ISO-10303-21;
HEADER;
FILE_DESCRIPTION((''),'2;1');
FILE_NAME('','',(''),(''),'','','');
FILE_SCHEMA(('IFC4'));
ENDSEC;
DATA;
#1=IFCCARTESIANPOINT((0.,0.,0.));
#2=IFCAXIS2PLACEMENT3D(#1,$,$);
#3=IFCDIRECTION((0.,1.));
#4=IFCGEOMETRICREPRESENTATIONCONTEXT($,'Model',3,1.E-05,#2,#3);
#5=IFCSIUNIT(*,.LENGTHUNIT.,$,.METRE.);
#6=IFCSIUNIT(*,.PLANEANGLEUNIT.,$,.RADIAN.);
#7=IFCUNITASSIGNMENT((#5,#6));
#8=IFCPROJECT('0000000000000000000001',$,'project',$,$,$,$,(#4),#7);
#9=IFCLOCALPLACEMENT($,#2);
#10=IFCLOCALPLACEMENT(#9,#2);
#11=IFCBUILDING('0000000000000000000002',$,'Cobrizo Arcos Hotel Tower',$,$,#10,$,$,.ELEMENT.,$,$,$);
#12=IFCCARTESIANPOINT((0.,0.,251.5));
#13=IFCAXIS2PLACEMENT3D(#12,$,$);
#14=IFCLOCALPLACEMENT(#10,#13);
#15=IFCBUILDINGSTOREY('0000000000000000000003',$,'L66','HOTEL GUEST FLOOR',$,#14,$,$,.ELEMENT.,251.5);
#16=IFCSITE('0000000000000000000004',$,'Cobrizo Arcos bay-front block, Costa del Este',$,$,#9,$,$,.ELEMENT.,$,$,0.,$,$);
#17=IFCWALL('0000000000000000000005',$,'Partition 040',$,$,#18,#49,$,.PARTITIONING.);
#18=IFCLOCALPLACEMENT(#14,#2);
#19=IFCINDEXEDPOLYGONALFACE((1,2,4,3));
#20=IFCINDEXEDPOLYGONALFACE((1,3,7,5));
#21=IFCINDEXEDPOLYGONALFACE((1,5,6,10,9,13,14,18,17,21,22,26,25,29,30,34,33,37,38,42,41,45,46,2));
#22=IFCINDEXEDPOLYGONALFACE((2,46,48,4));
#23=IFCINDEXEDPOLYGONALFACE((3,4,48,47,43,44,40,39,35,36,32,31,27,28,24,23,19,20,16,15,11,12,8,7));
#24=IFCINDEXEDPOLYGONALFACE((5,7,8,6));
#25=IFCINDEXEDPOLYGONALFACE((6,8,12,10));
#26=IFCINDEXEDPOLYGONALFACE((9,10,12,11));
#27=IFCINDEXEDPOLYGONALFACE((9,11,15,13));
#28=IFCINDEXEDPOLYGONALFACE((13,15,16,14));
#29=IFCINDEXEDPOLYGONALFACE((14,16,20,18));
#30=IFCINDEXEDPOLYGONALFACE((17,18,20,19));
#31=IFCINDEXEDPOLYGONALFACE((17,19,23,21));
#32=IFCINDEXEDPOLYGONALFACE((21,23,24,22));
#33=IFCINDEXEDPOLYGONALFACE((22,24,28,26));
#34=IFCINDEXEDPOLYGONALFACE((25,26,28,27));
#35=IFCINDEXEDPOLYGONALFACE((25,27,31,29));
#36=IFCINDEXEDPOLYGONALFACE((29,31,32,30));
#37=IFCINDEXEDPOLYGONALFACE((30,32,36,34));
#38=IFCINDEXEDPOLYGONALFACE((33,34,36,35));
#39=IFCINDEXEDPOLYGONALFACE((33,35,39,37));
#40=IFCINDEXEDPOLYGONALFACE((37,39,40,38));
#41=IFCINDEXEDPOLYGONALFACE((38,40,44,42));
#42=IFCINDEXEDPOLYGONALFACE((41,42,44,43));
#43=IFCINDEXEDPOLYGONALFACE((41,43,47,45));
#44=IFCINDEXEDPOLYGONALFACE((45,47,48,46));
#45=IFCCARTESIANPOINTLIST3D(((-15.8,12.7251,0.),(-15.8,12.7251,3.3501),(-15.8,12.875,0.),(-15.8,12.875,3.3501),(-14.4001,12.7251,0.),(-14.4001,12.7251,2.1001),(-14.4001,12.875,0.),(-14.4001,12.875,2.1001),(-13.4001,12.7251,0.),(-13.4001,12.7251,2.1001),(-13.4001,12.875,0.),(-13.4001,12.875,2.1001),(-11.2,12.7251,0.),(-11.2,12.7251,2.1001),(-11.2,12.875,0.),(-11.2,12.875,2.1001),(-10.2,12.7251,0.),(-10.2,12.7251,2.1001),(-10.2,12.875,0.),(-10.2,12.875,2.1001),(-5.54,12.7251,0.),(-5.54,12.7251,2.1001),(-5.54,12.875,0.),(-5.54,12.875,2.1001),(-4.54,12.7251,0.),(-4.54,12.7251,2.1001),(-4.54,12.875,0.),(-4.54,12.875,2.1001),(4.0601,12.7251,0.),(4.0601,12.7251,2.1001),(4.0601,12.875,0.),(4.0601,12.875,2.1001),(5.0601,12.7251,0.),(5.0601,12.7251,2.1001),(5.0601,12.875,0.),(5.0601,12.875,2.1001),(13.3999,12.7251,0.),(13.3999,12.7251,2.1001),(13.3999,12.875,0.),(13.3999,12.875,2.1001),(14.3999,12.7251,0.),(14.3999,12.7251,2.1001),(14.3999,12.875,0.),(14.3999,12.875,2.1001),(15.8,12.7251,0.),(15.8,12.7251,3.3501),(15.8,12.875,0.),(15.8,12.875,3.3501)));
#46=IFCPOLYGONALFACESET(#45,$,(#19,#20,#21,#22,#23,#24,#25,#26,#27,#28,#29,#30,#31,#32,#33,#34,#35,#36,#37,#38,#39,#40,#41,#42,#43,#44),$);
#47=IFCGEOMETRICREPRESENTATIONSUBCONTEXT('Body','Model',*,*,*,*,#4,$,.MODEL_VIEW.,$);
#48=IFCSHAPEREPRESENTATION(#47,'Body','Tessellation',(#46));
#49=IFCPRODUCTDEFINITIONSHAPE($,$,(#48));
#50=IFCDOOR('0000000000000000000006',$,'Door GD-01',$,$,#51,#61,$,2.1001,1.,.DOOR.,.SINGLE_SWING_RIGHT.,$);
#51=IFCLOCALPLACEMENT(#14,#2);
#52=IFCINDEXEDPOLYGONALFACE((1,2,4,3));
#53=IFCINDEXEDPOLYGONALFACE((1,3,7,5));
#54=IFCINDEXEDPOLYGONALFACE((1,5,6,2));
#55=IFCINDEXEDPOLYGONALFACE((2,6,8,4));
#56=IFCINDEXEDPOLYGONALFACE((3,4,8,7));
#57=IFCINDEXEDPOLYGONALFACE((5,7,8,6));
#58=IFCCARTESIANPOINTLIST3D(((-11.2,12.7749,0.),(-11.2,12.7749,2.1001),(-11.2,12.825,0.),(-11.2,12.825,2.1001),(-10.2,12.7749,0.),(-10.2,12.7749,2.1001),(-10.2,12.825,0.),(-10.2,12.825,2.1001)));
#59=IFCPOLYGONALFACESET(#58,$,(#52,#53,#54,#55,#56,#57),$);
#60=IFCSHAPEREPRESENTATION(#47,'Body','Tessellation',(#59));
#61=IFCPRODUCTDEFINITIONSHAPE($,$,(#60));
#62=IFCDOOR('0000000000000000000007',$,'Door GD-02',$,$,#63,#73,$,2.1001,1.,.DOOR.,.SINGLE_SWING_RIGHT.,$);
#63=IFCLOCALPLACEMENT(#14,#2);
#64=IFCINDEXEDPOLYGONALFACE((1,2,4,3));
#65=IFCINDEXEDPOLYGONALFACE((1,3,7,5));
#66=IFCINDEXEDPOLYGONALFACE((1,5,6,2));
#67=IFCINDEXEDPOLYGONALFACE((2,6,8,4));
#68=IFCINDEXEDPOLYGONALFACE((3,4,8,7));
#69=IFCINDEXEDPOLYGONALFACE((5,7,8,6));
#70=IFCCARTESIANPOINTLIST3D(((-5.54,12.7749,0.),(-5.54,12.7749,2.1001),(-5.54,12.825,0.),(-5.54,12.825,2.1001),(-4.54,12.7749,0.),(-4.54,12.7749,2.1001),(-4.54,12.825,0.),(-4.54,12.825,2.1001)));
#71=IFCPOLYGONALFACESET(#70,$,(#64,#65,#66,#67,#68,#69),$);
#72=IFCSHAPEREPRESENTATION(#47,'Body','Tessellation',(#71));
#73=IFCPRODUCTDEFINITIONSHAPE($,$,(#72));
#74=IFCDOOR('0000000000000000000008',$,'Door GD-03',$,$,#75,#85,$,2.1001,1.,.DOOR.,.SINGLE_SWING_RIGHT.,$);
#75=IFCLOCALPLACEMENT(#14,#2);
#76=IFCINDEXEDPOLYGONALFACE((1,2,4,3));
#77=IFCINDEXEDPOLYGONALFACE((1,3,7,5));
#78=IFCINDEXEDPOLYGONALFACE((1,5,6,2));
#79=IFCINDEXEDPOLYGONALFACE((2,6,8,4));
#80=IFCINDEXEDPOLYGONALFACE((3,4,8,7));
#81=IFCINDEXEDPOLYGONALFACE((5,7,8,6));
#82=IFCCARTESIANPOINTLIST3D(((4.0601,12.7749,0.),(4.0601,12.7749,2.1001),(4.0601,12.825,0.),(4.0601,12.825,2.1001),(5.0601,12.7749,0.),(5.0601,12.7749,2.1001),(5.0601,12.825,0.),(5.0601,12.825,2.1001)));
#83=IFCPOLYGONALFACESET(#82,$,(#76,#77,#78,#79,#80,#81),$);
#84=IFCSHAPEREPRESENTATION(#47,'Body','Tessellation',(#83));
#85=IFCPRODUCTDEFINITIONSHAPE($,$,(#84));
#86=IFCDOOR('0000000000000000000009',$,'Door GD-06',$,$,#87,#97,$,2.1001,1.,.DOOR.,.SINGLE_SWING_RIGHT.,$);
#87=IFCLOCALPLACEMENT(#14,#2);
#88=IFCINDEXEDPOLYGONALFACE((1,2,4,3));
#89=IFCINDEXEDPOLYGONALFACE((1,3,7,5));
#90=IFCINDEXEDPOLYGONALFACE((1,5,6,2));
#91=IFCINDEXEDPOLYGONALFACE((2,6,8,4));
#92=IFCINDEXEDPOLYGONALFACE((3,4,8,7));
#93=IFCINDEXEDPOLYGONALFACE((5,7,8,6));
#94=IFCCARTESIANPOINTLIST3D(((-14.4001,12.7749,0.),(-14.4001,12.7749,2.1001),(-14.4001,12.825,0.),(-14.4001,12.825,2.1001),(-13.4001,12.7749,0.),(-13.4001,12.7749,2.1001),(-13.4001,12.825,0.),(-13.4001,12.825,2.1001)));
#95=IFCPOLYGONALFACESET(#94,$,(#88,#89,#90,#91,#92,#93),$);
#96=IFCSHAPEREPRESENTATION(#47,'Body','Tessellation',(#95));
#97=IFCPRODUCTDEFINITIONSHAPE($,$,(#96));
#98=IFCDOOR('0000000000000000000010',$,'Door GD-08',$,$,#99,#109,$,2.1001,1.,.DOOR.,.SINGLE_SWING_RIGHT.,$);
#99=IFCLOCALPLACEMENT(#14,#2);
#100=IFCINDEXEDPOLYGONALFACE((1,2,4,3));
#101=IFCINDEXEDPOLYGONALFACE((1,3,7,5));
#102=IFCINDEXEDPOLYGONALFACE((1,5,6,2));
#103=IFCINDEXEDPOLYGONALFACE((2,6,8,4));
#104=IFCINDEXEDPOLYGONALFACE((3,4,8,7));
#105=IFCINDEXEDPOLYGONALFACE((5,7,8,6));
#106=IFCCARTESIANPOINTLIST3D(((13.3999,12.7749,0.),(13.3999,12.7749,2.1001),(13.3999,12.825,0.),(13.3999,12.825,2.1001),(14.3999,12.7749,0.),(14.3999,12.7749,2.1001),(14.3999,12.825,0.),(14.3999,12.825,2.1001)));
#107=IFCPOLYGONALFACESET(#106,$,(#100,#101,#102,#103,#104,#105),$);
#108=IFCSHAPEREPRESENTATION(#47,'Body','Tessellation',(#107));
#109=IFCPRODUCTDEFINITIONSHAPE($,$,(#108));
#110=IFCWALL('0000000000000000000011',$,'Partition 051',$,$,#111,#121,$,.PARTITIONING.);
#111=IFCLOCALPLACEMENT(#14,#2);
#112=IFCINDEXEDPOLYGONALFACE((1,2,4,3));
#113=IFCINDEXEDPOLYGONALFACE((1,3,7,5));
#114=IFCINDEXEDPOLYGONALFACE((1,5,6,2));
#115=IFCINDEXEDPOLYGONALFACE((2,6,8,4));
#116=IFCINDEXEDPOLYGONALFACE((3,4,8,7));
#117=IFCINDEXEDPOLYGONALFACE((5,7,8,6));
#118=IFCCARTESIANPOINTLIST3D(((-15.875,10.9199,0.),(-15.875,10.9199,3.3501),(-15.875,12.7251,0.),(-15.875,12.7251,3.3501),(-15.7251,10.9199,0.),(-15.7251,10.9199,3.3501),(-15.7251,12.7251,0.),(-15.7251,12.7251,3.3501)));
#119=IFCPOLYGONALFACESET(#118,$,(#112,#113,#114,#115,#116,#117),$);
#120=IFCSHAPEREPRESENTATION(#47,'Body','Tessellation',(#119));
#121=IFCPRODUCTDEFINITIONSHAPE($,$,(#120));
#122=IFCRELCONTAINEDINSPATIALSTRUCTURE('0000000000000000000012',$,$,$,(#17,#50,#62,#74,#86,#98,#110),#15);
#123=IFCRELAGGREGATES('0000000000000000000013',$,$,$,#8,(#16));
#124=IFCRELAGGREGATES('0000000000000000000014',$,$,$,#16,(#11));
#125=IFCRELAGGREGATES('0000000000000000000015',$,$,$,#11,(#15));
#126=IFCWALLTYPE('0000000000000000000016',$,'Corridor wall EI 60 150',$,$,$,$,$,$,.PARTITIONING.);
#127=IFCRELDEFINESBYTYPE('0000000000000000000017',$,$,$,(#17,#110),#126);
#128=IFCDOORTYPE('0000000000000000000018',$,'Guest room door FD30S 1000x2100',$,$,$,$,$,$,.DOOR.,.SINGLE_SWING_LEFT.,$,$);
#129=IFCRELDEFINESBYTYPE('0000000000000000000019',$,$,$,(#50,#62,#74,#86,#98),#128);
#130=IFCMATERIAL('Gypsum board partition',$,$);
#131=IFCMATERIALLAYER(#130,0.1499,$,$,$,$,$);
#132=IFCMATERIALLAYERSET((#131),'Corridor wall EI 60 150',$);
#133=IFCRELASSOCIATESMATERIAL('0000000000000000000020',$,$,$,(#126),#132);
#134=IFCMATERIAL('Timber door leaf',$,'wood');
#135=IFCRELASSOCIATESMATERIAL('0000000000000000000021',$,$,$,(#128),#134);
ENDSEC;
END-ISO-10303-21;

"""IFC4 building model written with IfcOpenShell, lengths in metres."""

from ifc_helpers import new_model, si_unit, direction, frame, frame_2d, origin, place, context, subcontext, project, spatial, rectangle, extrude, material, layer, layer_set, type_object, element, fill, save


model = new_model("IFC4")

# Units and contexts
model_context = context("Model", 3, precision=1e-05, world=origin(), true_north=direction((0.0, 1.0)))
body_context = subcontext(model_context, "Body", "Model", "MODEL_VIEW")
ifc_project = project(units=[si_unit("LENGTHUNIT", "METRE"), si_unit("PLANEANGLEUNIT", "RADIAN")], contexts=[model_context])

# Site, building, storey
site_placement = place(None, origin())
site = spatial("IfcSite", under=ifc_project, at=site_placement, Name="Cobrizo Arcos bay-front block, Costa del Este", CompositionType="ELEMENT", RefElevation=0.0)
building_placement = place(site_placement, origin())
building = spatial("IfcBuilding", under=site, at=building_placement, Name="Cobrizo Arcos Hotel Tower", CompositionType="ELEMENT")
storey_placement = place(building_placement, frame((0.0, 0.0, 251.5)))
storey = spatial("IfcBuildingStorey", under=building, at=storey_placement, Name="L66", Description="HOTEL GUEST FLOOR", CompositionType="ELEMENT", Elevation=251.5)

# Wall, openings, doors
ifc_material_1 = material(Name="Gypsum board partition")
ifc_layer_1 = layer(ifc_material_1, 0.1499)
ifc_layer_set_1 = layer_set([ifc_layer_1], Name="Corridor wall EI 60 150")
wall_type = type_object("IfcWallType", Name="Corridor wall EI 60 150", PredefinedType="PARTITIONING", material=ifc_layer_set_1)
wall_1_placement = place(storey_placement, frame((-15.8, 12.8, 0.0), z_axis=(0.0, 0.0, 1.0), x_axis=(1.0, 0.0, 0.0)))
wall_1 = element("IfcWall", 1, at=wall_1_placement, inside=storey, type_object=wall_type, Name="Partition 040", PredefinedType="PARTITIONING", context=body_context, shape_type="SweptSolid", body=[
    extrude(rectangle(XDim=31.6001, YDim=0.1499, at=frame_2d((15.8, 0.0))), origin(), (0.0, 0.0, 1.0), 3.3501),
])
opening_1_placement = place(wall_1_placement, frame((4.6001, 0.0, 0.0)))
opening_1 = element("IfcOpeningElement", 2, at=opening_1_placement, cuts=wall_1, PredefinedType="OPENING", context=body_context, shape_type="SweptSolid", body=[
    extrude(rectangle(XDim=1.0, YDim=2.1001, at=frame_2d((0.5, 1.05))), frame((0.0, 0.0869, 0.0), z_axis=(0.0, -1.0, 0.0), x_axis=(1.0, 0.0, 0.0)), (0.0, 0.0, 1.0), 0.1738),
])
opening_2_placement = place(wall_1_placement, frame((10.26, 0.0, 0.0)))
opening_2 = element("IfcOpeningElement", 3, at=opening_2_placement, cuts=wall_1, PredefinedType="OPENING", context=body_context, shape_type="SweptSolid", body=[
    extrude(rectangle(XDim=1.0, YDim=2.1001, at=frame_2d((0.5, 1.05))), frame((0.0, 0.0869, 0.0), z_axis=(0.0, -1.0, 0.0), x_axis=(1.0, 0.0, 0.0)), (0.0, 0.0, 1.0), 0.1738),
])
opening_3_placement = place(wall_1_placement, frame((19.8601, 0.0, 0.0)))
opening_3 = element("IfcOpeningElement", 4, at=opening_3_placement, cuts=wall_1, PredefinedType="OPENING", context=body_context, shape_type="SweptSolid", body=[
    extrude(rectangle(XDim=1.0, YDim=2.1001, at=frame_2d((0.5, 1.05))), frame((0.0, 0.0869, 0.0), z_axis=(0.0, -1.0, 0.0), x_axis=(1.0, 0.0, 0.0)), (0.0, 0.0, 1.0), 0.1738),
])
opening_4_placement = place(wall_1_placement, frame((1.3999, 0.0, 0.0)))
opening_4 = element("IfcOpeningElement", 5, at=opening_4_placement, cuts=wall_1, PredefinedType="OPENING", context=body_context, shape_type="SweptSolid", body=[
    extrude(rectangle(XDim=1.0, YDim=2.1001, at=frame_2d((0.5, 1.05))), frame((0.0, 0.0869, 0.0), z_axis=(0.0, -1.0, 0.0), x_axis=(1.0, 0.0, 0.0)), (0.0, 0.0, 1.0), 0.1738),
])
opening_5_placement = place(wall_1_placement, frame((29.2, 0.0, 0.0)))
opening_5 = element("IfcOpeningElement", 6, at=opening_5_placement, cuts=wall_1, PredefinedType="OPENING", context=body_context, shape_type="SweptSolid", body=[
    extrude(rectangle(XDim=1.0, YDim=2.1001, at=frame_2d((0.5, 1.05))), frame((0.0, 0.0869, 0.0), z_axis=(0.0, -1.0, 0.0), x_axis=(1.0, 0.0, 0.0)), (0.0, 0.0, 1.0), 0.1738),
])
ifc_material_2 = material(Name="Timber door leaf", Category="wood")
door_type = type_object("IfcDoorType", Name="Guest room door FD30S 1000x2100", OperationType="SINGLE_SWING_LEFT", PredefinedType="DOOR", material=ifc_material_2)
door_1_placement = place(opening_1_placement, origin())
door_1 = element("IfcDoor", 7, at=door_1_placement, inside=storey, type_object=door_type, Name="Door GD-01", OperationType="SINGLE_SWING_RIGHT", OverallHeight=2.1001, OverallWidth=1.0, PredefinedType="DOOR", context=body_context, shape_type="SweptSolid", body=[
    extrude(rectangle(XDim=1.0, YDim=2.1001, at=frame_2d((0.5, 1.05))), frame((0.0, 0.0249, 0.0), z_axis=(0.0, -1.0, 0.0), x_axis=(1.0, 0.0, 0.0)), (0.0, 0.0, 1.0), 0.05),
])
fill(opening_1, door_1)
door_2_placement = place(opening_2_placement, origin())
door_2 = element("IfcDoor", 8, at=door_2_placement, inside=storey, type_object=door_type, Name="Door GD-02", OperationType="SINGLE_SWING_RIGHT", OverallHeight=2.1001, OverallWidth=1.0, PredefinedType="DOOR", context=body_context, shape_type="SweptSolid", body=[
    extrude(rectangle(XDim=1.0, YDim=2.1001, at=frame_2d((0.5, 1.05))), frame((0.0, 0.0249, 0.0), z_axis=(0.0, -1.0, 0.0), x_axis=(1.0, 0.0, 0.0)), (0.0, 0.0, 1.0), 0.05),
])
fill(opening_2, door_2)
door_3_placement = place(opening_3_placement, origin())
door_3 = element("IfcDoor", 9, at=door_3_placement, inside=storey, type_object=door_type, Name="Door GD-03", OperationType="SINGLE_SWING_RIGHT", OverallHeight=2.1001, OverallWidth=1.0, PredefinedType="DOOR", context=body_context, shape_type="SweptSolid", body=[
    extrude(rectangle(XDim=1.0, YDim=2.1001, at=frame_2d((0.5, 1.05))), frame((0.0, 0.0249, 0.0), z_axis=(0.0, -1.0, 0.0), x_axis=(1.0, 0.0, 0.0)), (0.0, 0.0, 1.0), 0.05),
])
fill(opening_3, door_3)
door_4_placement = place(opening_4_placement, origin())
door_4 = element("IfcDoor", 10, at=door_4_placement, inside=storey, type_object=door_type, Name="Door GD-06", OperationType="SINGLE_SWING_RIGHT", OverallHeight=2.1001, OverallWidth=1.0, PredefinedType="DOOR", context=body_context, shape_type="SweptSolid", body=[
    extrude(rectangle(XDim=1.0, YDim=2.1001, at=frame_2d((0.5, 1.05))), frame((0.0, 0.0249, 0.0), z_axis=(0.0, -1.0, 0.0), x_axis=(1.0, 0.0, 0.0)), (0.0, 0.0, 1.0), 0.05),
])
fill(opening_4, door_4)
door_5_placement = place(opening_5_placement, origin())
door_5 = element("IfcDoor", 11, at=door_5_placement, inside=storey, type_object=door_type, Name="Door GD-08", OperationType="SINGLE_SWING_RIGHT", OverallHeight=2.1001, OverallWidth=1.0, PredefinedType="DOOR", context=body_context, shape_type="SweptSolid", body=[
    extrude(rectangle(XDim=1.0, YDim=2.1001, at=frame_2d((0.5, 1.05))), frame((0.0, 0.0249, 0.0), z_axis=(0.0, -1.0, 0.0), x_axis=(1.0, 0.0, 0.0)), (0.0, 0.0, 1.0), 0.05),
])
fill(opening_5, door_5)

# Wall
wall_2_placement = place(storey_placement, frame((-15.8, 10.9199, 0.0), z_axis=(0.0, 0.0, 1.0), x_axis=(0.0, 1.0, 0.0)))
element("IfcWall", 12, at=wall_2_placement, inside=storey, type_object=wall_type, Name="Partition 051", PredefinedType="PARTITIONING", context=body_context, shape_type="SweptSolid", body=[
    extrude(rectangle(XDim=1.8052, YDim=0.1499, at=frame_2d((0.9026, 0.0))), origin(), (0.0, 0.0, 1.0), 3.3501),
])

save(model, "model.ifc")
